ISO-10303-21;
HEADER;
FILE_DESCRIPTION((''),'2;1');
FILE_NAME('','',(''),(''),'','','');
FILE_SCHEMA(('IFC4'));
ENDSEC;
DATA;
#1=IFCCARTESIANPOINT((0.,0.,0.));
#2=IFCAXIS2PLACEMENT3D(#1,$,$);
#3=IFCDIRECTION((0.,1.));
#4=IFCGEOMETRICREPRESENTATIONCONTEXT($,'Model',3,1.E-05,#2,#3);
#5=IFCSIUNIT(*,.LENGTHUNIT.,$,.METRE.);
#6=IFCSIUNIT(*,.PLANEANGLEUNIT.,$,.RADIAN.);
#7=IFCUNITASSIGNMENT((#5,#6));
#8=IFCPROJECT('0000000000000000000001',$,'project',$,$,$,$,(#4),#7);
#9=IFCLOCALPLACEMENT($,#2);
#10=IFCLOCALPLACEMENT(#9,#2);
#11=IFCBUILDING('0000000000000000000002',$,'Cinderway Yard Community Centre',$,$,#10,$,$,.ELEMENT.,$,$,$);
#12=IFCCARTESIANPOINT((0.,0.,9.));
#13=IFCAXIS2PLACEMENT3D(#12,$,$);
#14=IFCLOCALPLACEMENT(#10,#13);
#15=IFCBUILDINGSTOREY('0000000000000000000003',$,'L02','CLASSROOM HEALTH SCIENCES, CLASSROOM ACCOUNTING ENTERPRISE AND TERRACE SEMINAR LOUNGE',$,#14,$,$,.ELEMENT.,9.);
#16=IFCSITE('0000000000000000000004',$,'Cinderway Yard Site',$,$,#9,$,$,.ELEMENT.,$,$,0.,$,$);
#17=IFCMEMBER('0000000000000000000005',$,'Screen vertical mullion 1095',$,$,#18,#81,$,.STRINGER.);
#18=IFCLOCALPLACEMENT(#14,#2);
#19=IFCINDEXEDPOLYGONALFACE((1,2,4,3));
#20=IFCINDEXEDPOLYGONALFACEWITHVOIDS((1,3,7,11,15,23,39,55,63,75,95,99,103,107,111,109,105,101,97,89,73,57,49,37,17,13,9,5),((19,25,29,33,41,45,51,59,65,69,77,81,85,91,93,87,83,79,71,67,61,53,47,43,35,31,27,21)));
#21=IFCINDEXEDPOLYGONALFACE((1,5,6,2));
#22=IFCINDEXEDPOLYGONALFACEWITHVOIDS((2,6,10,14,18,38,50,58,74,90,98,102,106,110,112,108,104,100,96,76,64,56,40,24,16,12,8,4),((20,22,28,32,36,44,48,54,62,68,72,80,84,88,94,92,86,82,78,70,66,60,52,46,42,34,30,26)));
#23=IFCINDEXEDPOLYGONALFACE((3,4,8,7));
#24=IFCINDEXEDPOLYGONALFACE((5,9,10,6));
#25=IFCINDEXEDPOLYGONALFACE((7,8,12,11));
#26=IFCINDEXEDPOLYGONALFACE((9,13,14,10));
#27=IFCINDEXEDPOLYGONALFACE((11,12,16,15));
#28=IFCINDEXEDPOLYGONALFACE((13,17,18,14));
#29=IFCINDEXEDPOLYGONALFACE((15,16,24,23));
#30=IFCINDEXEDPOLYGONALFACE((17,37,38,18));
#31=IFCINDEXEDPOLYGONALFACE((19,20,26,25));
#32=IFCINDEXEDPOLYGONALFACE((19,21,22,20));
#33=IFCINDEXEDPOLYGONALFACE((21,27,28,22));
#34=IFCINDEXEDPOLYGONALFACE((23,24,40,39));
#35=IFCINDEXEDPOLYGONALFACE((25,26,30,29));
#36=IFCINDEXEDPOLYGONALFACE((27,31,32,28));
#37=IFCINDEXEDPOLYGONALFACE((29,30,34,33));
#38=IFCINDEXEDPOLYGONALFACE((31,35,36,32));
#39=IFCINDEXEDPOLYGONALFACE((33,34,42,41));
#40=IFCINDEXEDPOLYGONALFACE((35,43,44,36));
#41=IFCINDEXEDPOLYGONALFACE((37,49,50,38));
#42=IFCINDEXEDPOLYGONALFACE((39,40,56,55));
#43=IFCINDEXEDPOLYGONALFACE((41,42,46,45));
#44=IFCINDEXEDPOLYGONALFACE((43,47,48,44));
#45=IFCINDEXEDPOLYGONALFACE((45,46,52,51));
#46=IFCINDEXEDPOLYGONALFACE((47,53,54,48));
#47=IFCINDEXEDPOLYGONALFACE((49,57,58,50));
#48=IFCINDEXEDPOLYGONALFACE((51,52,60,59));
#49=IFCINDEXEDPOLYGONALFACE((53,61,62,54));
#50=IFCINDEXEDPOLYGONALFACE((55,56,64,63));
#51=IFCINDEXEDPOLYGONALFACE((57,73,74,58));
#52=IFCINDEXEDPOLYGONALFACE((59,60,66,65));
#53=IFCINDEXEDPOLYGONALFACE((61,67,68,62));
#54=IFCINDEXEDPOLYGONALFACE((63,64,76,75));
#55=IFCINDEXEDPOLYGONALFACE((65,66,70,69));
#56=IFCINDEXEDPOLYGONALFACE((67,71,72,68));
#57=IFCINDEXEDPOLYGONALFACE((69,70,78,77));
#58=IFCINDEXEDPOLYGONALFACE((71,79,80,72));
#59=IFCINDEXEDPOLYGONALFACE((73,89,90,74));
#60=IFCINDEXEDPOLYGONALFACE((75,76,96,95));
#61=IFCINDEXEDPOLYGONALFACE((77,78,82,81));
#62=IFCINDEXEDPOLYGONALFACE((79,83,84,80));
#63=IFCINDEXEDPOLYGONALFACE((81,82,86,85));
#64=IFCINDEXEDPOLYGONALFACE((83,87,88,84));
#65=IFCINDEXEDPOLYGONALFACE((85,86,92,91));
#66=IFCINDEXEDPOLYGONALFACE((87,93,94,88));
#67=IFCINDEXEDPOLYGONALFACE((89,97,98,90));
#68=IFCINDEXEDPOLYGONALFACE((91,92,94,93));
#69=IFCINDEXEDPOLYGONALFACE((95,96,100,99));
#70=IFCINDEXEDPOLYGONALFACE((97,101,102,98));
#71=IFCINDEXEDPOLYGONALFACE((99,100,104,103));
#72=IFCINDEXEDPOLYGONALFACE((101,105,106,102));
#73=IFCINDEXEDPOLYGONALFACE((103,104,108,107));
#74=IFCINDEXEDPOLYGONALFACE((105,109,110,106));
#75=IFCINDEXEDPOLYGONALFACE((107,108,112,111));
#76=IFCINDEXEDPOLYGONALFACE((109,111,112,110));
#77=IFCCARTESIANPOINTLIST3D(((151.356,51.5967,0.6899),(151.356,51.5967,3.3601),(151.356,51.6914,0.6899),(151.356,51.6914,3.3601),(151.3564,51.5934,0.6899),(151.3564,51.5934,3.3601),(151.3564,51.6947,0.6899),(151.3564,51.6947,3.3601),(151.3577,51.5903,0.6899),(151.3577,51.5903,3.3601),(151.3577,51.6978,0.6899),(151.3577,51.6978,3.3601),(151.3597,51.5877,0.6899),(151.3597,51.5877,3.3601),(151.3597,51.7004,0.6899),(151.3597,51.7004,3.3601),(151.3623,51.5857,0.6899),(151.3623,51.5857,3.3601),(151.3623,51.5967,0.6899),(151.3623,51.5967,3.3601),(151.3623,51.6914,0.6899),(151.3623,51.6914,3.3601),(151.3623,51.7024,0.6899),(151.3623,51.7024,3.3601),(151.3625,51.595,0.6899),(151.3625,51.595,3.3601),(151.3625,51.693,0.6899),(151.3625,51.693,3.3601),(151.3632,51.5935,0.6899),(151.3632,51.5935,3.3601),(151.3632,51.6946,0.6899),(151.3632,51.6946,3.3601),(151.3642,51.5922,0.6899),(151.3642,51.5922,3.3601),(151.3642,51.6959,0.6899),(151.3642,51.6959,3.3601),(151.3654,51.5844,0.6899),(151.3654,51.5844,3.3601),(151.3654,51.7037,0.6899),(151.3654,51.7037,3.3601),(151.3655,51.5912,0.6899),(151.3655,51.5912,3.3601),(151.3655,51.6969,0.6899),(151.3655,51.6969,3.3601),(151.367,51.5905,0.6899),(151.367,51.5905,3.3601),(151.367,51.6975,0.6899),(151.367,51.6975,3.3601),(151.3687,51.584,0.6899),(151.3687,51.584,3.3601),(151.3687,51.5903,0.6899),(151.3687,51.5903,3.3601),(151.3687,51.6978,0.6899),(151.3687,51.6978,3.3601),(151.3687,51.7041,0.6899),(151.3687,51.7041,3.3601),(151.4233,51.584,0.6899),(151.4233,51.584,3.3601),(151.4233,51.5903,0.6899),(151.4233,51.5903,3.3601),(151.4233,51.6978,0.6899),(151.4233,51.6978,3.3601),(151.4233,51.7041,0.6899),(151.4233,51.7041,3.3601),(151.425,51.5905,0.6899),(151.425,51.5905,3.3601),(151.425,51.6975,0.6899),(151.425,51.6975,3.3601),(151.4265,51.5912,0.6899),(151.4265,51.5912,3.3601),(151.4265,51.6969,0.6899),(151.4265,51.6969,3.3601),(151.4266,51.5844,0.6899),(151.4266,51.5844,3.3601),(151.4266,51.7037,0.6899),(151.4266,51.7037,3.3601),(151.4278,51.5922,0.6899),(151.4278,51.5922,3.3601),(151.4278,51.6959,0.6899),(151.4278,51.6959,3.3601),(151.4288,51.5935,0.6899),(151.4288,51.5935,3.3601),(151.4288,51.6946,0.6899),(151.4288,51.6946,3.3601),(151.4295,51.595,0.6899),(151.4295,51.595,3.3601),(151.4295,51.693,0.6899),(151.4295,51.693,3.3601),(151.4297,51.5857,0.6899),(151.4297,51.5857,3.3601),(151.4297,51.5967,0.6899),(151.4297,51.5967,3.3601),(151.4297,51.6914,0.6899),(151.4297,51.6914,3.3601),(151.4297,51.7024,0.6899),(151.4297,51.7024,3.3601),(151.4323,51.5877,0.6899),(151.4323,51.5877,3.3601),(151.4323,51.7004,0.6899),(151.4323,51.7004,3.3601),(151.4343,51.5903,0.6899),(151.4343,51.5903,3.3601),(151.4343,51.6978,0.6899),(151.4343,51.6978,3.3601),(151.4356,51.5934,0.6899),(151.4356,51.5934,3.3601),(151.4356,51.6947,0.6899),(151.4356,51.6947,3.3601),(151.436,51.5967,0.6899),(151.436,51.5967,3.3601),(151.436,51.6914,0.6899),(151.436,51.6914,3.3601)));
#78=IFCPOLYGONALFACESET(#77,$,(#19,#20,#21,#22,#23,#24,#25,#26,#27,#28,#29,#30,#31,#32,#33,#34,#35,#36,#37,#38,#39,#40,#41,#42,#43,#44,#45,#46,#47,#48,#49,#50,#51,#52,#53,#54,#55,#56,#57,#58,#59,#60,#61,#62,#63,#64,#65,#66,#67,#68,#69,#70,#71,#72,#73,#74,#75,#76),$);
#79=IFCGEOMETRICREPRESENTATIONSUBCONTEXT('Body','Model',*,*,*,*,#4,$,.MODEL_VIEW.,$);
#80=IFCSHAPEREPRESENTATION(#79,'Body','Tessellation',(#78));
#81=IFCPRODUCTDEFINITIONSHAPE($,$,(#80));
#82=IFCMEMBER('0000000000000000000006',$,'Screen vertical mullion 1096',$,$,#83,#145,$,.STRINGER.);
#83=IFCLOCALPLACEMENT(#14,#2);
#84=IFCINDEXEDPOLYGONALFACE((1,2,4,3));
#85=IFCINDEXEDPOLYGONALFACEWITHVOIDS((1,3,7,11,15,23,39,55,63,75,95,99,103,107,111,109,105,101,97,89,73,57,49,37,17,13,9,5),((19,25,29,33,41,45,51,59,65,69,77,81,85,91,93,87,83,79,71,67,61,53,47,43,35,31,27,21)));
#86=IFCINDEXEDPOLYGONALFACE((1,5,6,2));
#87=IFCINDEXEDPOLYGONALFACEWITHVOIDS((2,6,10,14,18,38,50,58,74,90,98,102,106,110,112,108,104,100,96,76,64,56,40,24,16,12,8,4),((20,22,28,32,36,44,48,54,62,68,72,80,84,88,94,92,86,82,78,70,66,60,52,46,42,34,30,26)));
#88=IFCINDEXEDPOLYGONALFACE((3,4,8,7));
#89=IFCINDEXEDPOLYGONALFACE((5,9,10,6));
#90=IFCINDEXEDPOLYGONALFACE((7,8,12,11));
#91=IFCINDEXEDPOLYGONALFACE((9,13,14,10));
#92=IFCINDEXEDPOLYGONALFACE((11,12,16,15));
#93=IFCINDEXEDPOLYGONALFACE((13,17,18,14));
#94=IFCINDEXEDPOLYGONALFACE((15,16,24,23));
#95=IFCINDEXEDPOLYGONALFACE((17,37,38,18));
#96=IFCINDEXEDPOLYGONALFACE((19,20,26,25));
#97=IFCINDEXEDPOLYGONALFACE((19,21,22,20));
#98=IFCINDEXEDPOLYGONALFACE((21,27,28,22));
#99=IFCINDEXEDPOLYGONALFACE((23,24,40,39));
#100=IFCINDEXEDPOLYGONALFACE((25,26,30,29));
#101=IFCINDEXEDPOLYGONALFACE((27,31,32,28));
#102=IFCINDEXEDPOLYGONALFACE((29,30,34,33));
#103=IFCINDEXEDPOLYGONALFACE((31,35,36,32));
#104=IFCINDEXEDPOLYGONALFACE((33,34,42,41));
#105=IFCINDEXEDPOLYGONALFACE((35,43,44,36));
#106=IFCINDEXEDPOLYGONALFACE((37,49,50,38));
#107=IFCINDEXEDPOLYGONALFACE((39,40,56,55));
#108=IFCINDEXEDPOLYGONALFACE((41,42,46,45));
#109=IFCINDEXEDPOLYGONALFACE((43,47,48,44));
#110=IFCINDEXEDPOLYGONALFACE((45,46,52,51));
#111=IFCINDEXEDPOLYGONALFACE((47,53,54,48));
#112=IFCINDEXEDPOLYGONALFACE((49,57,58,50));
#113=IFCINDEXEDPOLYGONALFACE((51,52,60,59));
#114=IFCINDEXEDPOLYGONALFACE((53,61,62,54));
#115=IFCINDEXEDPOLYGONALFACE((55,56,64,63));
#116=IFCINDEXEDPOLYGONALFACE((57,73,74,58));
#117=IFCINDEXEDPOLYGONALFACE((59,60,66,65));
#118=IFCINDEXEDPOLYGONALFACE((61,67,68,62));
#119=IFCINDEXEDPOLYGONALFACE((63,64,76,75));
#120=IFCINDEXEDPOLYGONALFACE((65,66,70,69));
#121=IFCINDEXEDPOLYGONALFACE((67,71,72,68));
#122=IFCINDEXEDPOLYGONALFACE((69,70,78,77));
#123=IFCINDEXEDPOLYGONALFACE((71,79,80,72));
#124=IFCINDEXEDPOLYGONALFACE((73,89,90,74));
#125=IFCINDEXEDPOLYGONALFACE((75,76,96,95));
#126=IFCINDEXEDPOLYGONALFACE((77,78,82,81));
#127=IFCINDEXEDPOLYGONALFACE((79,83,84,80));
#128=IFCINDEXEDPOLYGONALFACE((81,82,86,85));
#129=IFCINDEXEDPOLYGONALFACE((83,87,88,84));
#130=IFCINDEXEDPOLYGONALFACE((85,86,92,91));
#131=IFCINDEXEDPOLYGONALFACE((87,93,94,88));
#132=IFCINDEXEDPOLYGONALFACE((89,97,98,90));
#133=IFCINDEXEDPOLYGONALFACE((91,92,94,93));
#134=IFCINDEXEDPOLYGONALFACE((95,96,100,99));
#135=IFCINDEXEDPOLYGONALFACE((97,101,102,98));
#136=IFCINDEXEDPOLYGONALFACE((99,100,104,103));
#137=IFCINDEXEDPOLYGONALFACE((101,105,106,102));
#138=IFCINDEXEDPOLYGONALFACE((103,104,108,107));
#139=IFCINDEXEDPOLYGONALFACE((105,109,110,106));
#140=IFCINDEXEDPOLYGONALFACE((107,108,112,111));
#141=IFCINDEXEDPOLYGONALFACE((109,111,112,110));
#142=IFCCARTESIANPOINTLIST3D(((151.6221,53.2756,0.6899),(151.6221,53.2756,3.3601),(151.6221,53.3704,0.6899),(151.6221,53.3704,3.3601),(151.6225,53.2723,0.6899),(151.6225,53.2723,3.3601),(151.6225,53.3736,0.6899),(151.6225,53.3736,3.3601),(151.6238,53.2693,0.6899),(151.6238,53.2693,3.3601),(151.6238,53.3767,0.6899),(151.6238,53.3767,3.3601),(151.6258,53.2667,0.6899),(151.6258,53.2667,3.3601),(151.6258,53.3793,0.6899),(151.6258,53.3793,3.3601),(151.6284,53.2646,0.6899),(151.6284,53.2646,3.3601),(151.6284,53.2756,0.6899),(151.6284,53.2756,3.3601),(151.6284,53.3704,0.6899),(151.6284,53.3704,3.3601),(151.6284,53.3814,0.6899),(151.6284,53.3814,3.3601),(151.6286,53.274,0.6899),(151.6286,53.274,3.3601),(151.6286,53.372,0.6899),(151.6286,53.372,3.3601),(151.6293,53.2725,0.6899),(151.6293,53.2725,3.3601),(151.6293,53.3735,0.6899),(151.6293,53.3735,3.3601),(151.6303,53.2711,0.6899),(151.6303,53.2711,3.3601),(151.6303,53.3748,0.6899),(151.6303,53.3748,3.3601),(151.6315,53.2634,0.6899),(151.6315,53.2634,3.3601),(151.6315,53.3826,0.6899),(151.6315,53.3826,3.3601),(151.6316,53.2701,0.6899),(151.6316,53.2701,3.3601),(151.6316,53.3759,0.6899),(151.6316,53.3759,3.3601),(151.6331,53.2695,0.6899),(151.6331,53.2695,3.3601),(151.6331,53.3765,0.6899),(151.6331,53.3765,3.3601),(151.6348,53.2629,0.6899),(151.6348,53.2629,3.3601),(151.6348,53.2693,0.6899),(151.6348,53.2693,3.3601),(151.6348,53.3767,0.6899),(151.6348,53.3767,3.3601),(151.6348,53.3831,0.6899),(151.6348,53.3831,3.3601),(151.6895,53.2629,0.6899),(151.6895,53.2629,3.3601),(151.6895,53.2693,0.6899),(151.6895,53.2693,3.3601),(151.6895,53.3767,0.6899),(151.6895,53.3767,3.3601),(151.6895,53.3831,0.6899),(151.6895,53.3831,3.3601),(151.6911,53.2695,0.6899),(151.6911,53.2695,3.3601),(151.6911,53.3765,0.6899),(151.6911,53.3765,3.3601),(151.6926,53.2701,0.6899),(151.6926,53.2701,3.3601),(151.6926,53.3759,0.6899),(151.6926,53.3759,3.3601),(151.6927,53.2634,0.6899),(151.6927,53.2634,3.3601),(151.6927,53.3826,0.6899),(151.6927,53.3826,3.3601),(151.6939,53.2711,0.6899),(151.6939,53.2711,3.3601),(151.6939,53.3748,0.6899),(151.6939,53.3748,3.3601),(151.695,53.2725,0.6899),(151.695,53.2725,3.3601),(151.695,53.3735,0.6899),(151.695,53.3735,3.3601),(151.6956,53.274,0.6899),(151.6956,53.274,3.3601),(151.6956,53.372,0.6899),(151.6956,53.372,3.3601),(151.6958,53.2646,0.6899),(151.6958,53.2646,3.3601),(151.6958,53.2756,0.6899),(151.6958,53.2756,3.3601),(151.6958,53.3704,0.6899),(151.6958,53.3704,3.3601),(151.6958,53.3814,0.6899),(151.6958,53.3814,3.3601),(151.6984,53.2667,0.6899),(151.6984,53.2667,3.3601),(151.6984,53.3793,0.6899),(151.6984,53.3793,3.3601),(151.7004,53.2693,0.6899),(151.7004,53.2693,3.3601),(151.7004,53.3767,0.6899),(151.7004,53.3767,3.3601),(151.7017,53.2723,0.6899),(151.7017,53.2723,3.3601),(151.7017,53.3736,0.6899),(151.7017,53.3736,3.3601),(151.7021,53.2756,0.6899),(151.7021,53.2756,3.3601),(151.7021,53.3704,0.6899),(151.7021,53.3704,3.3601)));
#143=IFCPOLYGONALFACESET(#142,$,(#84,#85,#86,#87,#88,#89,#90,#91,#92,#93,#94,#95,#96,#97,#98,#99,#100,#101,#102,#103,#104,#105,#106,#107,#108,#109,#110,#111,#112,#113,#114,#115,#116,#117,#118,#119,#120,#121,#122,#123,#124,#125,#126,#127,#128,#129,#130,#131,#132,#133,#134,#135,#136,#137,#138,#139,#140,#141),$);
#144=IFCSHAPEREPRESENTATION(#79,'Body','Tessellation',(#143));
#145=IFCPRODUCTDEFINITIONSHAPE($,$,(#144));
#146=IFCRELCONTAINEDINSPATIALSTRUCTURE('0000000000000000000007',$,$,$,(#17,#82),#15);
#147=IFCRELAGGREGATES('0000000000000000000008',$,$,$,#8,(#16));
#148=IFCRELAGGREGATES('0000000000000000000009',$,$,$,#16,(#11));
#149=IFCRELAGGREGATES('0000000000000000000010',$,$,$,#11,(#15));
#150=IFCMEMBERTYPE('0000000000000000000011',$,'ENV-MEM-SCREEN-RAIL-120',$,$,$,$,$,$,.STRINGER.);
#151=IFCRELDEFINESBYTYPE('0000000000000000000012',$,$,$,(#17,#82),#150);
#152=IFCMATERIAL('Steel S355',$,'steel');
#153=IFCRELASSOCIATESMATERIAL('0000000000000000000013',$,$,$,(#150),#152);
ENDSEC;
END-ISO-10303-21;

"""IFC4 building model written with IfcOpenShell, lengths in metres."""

from ifc_helpers import new_model, si_unit, direction, frame, origin, origin_2d, place, context, subcontext, project, spatial, hollow_rectangle, extrude, material, material_profile, profile_set, type_object, element, save


model = new_model("IFC4")

# Units and contexts
model_context = context("Model", 3, precision=1e-05, world=origin(), true_north=direction((0.0, 1.0)))
body_context = subcontext(model_context, "Body", "Model", "MODEL_VIEW")
ifc_project = project(units=[si_unit("LENGTHUNIT", "METRE"), si_unit("PLANEANGLEUNIT", "RADIAN")], contexts=[model_context])

# Site, building, storey
site_placement = place(None, origin())
site = spatial("IfcSite", under=ifc_project, at=site_placement, Name="Cinderway Yard Site", CompositionType="ELEMENT", RefElevation=0.0)
building_placement = place(site_placement, origin())
building = spatial("IfcBuilding", under=site, at=building_placement, Name="Cinderway Yard Community Centre", CompositionType="ELEMENT")
storey_placement = place(building_placement, frame((0.0, 0.0, 9.0)))
storey = spatial("IfcBuildingStorey", under=building, at=storey_placement, Name="L02", Description="CLASSROOM HEALTH SCIENCES, CLASSROOM ACCOUNTING ENTERPRISE AND TERRACE SEMINAR LOUNGE", CompositionType="ELEMENT", Elevation=9.0)

# Members
ifc_material_1 = material(Name="Steel S355", Category="steel")
ifc_material_profile_1 = material_profile(ifc_material_1, hollow_rectangle(XDim=0.0801, YDim=0.1201, WallThickness=0.0063, InnerFilletRadius=0.0063, OuterFilletRadius=0.0127, at=origin_2d()), Name="Steel S355")
ifc_profile_set_1 = profile_set([ifc_material_profile_1], Name="Steel S355")
member_type_1 = type_object("IfcMemberType", Name="ENV-MEM-SCREEN-RAIL-120", PredefinedType="STRINGER", material=ifc_profile_set_1)
for number, where, z_axis, x_axis, name in (
    (1, (151.396, 51.644, 0.6899), (0.0, 0.0, 1.0), (1.0, 0.0, 0.0), "Screen vertical mullion 1095"),
    (2, (151.6621, 53.323, 0.6899), (0.0, 0.0, 1.0), (1.0, 0.0, 0.0), "Screen vertical mullion 1096"),
):
    element("IfcMember", number, at=place(storey_placement, frame(where, z_axis=z_axis, x_axis=x_axis)), inside=storey, type_object=member_type_1, Name=name, PredefinedType="STRINGER", context=body_context, shape_type="SweptSolid", body=[
        extrude(hollow_rectangle(XDim=0.0801, YDim=0.1201, WallThickness=0.0063, InnerFilletRadius=0.0063, OuterFilletRadius=0.0127, at=origin_2d()), origin(), (0.0, 0.0, 1.0), 2.6702),
    ])

save(model, "model.ifc")
